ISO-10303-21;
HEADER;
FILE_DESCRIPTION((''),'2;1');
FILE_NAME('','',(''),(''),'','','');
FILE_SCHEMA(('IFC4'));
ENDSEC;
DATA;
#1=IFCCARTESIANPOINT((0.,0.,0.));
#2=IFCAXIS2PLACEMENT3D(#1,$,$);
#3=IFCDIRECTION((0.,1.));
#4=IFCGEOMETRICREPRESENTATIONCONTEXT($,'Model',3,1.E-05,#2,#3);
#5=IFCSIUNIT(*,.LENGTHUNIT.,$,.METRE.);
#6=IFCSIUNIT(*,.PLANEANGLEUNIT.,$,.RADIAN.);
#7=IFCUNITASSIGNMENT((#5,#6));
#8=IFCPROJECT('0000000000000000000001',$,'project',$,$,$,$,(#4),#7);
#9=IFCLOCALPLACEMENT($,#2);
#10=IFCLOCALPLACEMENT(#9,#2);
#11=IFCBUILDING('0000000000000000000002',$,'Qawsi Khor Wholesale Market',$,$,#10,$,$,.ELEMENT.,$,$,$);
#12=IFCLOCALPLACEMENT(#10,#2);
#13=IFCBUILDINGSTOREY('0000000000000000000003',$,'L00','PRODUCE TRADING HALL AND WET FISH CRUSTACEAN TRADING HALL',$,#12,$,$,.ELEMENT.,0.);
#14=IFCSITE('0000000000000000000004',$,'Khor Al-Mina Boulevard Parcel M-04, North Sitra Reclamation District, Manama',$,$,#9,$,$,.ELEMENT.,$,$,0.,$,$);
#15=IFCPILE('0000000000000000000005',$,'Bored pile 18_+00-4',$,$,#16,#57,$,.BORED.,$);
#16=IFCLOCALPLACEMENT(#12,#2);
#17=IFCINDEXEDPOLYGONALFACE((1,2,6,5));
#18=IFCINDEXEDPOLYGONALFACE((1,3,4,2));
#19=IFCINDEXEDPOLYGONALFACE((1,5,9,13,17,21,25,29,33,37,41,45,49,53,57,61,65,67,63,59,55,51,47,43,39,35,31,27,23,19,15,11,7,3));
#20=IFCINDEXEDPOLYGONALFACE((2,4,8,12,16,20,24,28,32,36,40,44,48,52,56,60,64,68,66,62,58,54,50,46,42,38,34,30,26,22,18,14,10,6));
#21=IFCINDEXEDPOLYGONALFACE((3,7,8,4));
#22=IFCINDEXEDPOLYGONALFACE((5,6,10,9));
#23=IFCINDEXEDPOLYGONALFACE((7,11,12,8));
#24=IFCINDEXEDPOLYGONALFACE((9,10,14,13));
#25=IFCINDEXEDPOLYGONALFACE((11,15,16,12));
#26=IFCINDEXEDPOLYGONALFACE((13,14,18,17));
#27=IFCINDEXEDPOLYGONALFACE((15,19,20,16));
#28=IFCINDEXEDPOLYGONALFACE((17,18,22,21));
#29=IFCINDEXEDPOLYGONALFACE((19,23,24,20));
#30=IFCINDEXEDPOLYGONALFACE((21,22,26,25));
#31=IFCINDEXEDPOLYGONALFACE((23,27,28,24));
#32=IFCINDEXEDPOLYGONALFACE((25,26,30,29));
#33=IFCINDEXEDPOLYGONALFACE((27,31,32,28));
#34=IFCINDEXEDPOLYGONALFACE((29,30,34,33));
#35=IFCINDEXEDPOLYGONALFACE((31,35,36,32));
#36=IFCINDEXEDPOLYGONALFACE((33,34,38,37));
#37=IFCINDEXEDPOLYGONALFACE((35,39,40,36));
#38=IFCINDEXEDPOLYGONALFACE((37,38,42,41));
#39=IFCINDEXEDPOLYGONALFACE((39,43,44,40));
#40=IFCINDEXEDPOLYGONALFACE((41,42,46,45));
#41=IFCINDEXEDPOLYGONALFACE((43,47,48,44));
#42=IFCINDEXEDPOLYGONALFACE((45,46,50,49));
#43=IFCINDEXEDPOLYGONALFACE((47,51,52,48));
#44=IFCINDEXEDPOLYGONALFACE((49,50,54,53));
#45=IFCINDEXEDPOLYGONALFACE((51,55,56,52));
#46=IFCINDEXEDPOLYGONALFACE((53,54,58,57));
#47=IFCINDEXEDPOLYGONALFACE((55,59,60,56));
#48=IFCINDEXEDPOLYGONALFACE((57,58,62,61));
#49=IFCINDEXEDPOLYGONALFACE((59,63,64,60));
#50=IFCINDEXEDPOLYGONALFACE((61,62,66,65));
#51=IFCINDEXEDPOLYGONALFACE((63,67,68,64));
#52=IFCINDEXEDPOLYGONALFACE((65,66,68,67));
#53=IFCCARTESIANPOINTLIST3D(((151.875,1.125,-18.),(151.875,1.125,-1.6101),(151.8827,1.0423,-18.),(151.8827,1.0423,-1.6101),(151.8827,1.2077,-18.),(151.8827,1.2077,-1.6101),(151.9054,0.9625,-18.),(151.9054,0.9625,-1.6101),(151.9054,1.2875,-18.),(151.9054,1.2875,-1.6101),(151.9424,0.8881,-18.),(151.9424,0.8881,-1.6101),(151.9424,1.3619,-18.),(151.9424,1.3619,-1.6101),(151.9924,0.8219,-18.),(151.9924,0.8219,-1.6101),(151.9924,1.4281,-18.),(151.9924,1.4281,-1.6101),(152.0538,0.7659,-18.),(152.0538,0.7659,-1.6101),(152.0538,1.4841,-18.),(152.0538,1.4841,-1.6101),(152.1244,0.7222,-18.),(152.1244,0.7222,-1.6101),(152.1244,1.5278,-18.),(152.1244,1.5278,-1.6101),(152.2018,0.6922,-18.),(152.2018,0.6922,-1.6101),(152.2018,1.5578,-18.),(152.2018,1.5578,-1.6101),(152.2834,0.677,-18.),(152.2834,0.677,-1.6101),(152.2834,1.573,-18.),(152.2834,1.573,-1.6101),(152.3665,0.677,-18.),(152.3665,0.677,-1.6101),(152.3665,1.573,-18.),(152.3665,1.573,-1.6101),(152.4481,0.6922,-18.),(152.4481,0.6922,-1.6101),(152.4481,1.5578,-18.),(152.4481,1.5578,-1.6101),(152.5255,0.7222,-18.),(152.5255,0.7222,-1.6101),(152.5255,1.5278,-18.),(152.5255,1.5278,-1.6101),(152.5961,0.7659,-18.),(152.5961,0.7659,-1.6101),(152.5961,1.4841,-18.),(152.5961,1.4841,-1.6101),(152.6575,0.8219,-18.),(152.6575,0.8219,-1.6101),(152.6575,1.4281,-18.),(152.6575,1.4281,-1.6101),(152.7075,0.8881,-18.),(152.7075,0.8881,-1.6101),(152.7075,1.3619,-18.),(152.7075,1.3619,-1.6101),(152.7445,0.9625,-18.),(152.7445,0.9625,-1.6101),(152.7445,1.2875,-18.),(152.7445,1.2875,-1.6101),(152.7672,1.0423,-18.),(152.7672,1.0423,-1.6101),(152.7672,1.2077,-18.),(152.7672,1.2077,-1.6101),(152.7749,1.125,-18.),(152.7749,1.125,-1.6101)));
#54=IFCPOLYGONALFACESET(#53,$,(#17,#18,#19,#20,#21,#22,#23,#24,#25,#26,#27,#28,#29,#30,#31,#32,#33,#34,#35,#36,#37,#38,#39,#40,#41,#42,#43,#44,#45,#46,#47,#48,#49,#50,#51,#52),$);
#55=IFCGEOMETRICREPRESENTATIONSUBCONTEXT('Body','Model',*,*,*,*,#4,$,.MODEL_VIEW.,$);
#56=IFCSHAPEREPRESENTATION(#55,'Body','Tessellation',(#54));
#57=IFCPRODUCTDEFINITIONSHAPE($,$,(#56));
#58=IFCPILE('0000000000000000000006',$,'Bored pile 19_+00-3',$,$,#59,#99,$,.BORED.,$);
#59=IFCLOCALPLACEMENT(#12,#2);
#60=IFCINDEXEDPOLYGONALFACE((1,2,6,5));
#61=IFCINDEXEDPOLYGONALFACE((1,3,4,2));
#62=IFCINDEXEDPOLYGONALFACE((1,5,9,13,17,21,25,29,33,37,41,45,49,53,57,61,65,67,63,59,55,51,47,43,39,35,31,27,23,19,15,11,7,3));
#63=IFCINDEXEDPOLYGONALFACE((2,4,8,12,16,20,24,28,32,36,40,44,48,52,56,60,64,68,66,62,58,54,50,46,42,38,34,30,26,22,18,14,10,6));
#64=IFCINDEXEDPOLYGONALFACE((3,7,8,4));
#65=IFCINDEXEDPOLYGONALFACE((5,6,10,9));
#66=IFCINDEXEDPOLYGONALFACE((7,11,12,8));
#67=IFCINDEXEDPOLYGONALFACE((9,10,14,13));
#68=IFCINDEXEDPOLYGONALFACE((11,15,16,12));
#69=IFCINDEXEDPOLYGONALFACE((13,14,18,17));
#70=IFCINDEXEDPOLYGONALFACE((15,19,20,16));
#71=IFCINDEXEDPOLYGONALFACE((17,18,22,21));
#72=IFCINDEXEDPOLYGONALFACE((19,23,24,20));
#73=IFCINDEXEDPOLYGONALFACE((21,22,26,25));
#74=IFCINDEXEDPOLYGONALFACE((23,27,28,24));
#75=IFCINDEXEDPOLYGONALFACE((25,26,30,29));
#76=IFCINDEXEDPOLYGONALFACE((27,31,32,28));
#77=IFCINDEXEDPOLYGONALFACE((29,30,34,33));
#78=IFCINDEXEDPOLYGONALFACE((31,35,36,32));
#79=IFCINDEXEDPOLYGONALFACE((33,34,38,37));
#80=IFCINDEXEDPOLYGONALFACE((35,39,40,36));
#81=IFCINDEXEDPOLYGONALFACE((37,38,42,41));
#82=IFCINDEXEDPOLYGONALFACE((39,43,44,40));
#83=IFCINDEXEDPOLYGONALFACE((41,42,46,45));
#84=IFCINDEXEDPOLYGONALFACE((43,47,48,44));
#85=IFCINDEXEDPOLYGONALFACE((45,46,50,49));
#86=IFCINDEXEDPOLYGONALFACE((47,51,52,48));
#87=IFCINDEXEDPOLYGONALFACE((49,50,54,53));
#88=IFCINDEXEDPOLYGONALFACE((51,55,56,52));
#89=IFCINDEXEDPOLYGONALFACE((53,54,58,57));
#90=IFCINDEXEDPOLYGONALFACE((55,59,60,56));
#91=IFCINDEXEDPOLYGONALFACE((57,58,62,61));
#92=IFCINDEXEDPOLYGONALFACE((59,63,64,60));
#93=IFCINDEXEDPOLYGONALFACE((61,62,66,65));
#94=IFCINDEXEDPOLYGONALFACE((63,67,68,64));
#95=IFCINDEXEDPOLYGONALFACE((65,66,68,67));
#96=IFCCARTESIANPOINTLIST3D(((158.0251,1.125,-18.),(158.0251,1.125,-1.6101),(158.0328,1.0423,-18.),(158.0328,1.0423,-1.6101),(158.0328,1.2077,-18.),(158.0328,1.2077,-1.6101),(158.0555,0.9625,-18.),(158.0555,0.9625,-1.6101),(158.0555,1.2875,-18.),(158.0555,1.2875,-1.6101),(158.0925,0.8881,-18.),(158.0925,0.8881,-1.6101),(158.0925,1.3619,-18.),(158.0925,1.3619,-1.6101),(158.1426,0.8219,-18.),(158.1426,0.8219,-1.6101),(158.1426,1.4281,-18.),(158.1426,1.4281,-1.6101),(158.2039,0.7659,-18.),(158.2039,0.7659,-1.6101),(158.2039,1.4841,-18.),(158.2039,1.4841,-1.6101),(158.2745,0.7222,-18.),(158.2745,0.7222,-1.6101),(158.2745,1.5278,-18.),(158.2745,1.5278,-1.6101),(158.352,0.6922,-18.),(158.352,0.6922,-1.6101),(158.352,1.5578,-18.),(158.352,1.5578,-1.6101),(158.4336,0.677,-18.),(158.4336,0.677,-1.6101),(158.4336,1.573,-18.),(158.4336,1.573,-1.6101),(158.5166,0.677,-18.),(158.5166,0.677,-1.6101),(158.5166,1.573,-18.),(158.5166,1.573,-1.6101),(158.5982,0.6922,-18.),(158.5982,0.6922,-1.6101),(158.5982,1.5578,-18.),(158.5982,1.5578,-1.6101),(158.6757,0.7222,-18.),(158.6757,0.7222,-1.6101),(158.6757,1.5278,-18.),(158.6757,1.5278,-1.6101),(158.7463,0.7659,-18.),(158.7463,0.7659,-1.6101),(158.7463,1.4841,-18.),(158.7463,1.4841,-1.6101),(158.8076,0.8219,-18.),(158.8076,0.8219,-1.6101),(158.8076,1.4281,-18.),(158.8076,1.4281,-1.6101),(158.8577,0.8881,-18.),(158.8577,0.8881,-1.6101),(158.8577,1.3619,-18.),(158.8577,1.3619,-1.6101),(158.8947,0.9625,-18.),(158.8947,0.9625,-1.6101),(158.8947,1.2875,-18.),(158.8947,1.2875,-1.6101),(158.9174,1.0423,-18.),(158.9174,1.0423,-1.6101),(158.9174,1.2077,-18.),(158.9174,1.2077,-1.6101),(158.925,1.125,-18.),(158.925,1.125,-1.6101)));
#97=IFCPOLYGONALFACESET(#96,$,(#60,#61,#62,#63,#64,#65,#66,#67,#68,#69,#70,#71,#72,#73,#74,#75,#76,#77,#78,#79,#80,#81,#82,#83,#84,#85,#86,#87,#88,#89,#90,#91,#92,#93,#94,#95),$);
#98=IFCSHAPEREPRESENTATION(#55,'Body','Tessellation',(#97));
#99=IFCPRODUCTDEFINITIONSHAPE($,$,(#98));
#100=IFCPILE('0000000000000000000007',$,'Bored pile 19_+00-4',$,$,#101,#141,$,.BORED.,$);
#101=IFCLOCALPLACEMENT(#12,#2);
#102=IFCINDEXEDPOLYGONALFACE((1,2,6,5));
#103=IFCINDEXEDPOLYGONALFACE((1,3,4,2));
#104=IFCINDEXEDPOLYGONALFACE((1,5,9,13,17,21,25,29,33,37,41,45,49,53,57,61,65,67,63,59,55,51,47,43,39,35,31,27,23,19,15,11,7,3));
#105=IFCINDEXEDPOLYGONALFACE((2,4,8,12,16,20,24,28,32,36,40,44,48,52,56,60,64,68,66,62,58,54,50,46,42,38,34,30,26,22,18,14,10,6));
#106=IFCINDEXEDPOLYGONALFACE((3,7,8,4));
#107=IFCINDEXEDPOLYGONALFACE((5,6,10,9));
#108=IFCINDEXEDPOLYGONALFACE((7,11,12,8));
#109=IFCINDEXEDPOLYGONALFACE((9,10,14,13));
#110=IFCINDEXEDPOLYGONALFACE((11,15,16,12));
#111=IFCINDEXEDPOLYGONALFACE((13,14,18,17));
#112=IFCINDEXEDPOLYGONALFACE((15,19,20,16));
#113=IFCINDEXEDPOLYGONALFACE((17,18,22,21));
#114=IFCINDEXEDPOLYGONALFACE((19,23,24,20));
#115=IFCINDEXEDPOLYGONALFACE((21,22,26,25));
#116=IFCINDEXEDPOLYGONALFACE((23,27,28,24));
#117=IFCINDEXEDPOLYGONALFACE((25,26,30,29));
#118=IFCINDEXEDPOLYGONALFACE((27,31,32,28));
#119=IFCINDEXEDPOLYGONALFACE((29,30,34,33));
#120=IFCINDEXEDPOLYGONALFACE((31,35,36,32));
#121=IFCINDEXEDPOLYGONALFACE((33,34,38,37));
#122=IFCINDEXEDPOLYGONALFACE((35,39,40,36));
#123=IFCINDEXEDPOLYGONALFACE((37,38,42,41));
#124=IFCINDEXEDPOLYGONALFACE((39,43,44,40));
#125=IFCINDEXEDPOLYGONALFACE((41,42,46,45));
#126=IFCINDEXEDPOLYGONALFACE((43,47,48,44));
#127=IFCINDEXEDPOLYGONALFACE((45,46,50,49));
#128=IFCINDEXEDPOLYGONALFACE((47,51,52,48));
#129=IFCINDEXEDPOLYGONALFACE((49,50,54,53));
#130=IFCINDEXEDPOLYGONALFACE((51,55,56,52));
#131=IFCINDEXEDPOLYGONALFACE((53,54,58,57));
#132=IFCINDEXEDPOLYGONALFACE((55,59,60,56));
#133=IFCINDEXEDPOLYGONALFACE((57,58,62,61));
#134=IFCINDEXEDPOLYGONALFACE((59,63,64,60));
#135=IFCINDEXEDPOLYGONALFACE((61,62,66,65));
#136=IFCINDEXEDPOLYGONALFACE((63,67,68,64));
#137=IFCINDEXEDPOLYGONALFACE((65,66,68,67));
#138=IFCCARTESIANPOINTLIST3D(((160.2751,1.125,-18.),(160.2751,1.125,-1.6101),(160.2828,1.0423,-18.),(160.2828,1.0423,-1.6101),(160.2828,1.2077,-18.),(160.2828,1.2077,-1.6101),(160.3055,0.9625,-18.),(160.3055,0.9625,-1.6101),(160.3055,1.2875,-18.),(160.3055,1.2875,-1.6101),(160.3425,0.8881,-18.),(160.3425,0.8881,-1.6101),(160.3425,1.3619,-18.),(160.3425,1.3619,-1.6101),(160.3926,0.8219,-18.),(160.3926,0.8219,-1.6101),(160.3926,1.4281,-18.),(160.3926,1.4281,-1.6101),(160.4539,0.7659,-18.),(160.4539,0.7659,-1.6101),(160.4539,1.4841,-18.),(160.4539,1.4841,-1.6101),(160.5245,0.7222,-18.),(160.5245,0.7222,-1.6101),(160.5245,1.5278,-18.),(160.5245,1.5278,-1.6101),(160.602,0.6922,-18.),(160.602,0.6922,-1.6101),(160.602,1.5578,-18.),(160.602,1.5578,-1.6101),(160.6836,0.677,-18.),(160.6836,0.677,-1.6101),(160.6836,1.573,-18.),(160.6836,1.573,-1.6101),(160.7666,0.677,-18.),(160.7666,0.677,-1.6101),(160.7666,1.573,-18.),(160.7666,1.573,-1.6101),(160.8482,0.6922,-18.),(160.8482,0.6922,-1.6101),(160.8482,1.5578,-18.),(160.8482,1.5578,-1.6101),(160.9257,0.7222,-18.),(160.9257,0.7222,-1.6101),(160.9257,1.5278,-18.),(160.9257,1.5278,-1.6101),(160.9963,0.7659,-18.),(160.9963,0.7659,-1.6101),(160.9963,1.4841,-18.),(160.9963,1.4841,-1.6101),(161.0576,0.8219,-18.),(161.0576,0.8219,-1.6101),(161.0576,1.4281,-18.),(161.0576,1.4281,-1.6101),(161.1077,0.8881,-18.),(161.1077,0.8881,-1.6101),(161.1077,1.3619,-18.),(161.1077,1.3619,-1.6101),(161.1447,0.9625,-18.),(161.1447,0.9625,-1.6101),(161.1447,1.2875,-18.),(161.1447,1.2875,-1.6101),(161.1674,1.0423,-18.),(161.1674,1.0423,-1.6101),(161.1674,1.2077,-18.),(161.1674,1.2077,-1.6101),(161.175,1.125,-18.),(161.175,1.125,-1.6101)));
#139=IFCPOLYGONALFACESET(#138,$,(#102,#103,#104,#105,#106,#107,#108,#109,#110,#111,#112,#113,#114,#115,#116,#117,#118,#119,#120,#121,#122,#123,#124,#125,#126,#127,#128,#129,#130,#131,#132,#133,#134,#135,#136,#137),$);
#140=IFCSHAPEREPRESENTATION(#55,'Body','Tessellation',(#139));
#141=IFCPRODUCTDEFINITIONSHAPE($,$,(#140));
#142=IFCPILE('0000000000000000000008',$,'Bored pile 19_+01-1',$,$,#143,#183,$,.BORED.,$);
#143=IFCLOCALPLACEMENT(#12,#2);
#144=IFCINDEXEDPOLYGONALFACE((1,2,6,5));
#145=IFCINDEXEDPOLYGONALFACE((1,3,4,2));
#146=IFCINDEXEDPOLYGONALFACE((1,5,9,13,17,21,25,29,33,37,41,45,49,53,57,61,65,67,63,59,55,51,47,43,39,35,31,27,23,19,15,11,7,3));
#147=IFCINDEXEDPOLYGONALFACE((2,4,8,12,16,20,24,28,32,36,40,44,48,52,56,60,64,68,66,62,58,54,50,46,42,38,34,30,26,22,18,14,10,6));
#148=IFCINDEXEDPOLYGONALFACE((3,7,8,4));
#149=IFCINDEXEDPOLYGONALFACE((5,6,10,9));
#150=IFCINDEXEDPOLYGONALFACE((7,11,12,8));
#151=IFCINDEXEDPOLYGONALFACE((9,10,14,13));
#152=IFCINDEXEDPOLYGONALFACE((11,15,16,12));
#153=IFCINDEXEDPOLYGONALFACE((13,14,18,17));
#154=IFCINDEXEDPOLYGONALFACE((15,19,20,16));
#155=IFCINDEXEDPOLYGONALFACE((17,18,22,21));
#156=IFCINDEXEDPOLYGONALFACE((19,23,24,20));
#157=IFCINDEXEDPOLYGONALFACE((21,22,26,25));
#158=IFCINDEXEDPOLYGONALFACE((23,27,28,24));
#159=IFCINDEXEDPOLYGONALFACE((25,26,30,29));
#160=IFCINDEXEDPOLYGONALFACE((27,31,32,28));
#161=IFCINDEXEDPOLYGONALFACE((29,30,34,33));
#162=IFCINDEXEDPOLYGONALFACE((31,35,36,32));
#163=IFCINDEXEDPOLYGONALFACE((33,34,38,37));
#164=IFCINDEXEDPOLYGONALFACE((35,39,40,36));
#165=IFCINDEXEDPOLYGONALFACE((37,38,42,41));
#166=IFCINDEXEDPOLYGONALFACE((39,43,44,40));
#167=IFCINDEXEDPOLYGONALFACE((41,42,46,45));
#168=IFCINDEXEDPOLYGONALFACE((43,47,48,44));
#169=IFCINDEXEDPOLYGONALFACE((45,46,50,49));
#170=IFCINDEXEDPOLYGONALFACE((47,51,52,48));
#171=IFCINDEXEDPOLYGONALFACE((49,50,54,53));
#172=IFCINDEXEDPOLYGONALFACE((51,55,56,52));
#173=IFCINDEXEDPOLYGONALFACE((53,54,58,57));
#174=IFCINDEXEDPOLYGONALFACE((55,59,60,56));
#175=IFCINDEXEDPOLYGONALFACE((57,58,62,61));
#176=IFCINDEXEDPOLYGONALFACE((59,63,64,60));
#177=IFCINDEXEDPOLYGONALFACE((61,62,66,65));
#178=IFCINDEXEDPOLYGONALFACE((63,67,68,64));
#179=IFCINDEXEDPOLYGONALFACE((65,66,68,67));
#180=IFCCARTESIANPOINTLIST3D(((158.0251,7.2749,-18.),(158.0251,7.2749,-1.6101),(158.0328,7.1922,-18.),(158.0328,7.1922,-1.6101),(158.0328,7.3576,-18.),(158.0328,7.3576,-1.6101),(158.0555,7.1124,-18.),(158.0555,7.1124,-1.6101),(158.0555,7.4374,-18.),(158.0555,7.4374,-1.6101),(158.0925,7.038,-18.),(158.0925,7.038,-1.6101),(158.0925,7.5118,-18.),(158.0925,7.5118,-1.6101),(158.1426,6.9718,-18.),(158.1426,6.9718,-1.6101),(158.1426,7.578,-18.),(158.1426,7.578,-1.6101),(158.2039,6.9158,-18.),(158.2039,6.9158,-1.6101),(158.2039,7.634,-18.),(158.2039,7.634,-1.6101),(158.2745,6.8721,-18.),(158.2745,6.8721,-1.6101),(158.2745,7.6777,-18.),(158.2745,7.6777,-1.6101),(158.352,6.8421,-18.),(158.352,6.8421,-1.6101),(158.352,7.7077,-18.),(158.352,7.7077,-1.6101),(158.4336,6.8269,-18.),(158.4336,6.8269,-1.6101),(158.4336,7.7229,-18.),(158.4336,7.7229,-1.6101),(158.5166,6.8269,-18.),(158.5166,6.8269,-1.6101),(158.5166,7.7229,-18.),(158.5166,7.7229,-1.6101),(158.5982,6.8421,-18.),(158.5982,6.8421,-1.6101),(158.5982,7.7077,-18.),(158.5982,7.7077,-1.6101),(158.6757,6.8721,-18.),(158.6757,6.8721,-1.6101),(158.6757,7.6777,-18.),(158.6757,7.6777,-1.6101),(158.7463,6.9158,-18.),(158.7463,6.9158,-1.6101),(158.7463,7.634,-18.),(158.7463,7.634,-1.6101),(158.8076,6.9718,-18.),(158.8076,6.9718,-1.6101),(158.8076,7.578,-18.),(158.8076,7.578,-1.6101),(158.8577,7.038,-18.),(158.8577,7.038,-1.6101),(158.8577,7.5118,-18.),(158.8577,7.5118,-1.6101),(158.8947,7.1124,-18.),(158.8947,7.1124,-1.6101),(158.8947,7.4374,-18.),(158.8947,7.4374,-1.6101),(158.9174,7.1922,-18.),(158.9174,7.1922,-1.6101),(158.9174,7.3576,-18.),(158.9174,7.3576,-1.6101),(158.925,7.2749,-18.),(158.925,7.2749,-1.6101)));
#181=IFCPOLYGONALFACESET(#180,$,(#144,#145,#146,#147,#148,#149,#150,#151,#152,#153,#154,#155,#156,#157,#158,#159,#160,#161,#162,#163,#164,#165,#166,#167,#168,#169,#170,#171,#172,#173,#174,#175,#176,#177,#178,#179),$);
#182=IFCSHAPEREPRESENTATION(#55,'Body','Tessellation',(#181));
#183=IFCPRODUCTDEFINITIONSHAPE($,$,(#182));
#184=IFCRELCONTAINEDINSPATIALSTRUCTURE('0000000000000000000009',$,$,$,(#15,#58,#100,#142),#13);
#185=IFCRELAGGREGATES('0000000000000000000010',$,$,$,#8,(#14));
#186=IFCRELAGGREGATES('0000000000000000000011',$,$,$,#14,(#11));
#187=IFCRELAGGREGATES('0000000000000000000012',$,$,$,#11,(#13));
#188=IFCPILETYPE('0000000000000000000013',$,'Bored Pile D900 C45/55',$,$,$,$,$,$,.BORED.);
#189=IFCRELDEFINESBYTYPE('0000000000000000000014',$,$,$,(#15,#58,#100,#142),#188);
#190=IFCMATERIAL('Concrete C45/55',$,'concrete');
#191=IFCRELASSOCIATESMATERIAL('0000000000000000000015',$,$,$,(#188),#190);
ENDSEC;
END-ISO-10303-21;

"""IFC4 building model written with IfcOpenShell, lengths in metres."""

from ifc_helpers import new_model, si_unit, direction, frame, origin, origin_2d, place, context, subcontext, project, spatial, circle, extrude, material, material_profile, profile_set, type_object, element, save


model = new_model("IFC4")

# Units and contexts
model_context = context("Model", 3, precision=1e-05, world=origin(), true_north=direction((0.0, 1.0)))
body_context = subcontext(model_context, "Body", "Model", "MODEL_VIEW")
ifc_project = project(units=[si_unit("LENGTHUNIT", "METRE"), si_unit("PLANEANGLEUNIT", "RADIAN")], contexts=[model_context])

# Site, building, storey
site_placement = place(None, origin())
site = spatial("IfcSite", under=ifc_project, at=site_placement, Name="Khor Al-Mina Boulevard Parcel M-04, North Sitra Reclamation District, Manama", CompositionType="ELEMENT", RefElevation=0.0)
building_placement = place(site_placement, origin())
building = spatial("IfcBuilding", under=site, at=building_placement, Name="Qawsi Khor Wholesale Market", CompositionType="ELEMENT")
storey_placement = place(building_placement, origin())
storey = spatial("IfcBuildingStorey", under=building, at=storey_placement, Name="L00", Description="PRODUCE TRADING HALL AND WET FISH CRUSTACEAN TRADING HALL", CompositionType="ELEMENT", Elevation=0.0)

# Piles
ifc_material_1 = material(Name="Concrete C45/55", Category="concrete")
ifc_material_profile_1 = material_profile(ifc_material_1, circle(Radius=0.45, at=origin_2d()), Name="PILE D900")
ifc_profile_set_1 = profile_set([ifc_material_profile_1], Name="Concrete C45/55")
pile_type = type_object("IfcPileType", Name="Bored Pile D900 C45/55", PredefinedType="BORED", material=ifc_profile_set_1)
for number, where, z_axis, x_axis, name in (
    (1, (152.325, 1.125, -1.6101), (0.0, 0.0, -1.0), (1.0, 0.0, 0.0), "Bored pile 18_+00-4"),
    (2, (158.4751, 1.125, -1.6101), (0.0, 0.0, -1.0), (1.0, 0.0, 0.0), "Bored pile 19_+00-3"),
    (3, (160.7251, 1.125, -1.6101), (0.0, 0.0, -1.0), (1.0, 0.0, 0.0), "Bored pile 19_+00-4"),
    (4, (158.4751, 7.2749, -1.6101), (0.0, 0.0, -1.0), (1.0, 0.0, 0.0), "Bored pile 19_+01-1"),
):
    element("IfcPile", number, at=place(storey_placement, frame(where, z_axis=z_axis, x_axis=x_axis)), inside=storey, type_object=pile_type, Name=name, PredefinedType="BORED", context=body_context, shape_type="SweptSolid", body=[
        extrude(circle(Radius=0.45, at=origin_2d()), origin(), (0.0, 0.0, 1.0), 16.3899),
    ])

save(model, "model.ifc")
